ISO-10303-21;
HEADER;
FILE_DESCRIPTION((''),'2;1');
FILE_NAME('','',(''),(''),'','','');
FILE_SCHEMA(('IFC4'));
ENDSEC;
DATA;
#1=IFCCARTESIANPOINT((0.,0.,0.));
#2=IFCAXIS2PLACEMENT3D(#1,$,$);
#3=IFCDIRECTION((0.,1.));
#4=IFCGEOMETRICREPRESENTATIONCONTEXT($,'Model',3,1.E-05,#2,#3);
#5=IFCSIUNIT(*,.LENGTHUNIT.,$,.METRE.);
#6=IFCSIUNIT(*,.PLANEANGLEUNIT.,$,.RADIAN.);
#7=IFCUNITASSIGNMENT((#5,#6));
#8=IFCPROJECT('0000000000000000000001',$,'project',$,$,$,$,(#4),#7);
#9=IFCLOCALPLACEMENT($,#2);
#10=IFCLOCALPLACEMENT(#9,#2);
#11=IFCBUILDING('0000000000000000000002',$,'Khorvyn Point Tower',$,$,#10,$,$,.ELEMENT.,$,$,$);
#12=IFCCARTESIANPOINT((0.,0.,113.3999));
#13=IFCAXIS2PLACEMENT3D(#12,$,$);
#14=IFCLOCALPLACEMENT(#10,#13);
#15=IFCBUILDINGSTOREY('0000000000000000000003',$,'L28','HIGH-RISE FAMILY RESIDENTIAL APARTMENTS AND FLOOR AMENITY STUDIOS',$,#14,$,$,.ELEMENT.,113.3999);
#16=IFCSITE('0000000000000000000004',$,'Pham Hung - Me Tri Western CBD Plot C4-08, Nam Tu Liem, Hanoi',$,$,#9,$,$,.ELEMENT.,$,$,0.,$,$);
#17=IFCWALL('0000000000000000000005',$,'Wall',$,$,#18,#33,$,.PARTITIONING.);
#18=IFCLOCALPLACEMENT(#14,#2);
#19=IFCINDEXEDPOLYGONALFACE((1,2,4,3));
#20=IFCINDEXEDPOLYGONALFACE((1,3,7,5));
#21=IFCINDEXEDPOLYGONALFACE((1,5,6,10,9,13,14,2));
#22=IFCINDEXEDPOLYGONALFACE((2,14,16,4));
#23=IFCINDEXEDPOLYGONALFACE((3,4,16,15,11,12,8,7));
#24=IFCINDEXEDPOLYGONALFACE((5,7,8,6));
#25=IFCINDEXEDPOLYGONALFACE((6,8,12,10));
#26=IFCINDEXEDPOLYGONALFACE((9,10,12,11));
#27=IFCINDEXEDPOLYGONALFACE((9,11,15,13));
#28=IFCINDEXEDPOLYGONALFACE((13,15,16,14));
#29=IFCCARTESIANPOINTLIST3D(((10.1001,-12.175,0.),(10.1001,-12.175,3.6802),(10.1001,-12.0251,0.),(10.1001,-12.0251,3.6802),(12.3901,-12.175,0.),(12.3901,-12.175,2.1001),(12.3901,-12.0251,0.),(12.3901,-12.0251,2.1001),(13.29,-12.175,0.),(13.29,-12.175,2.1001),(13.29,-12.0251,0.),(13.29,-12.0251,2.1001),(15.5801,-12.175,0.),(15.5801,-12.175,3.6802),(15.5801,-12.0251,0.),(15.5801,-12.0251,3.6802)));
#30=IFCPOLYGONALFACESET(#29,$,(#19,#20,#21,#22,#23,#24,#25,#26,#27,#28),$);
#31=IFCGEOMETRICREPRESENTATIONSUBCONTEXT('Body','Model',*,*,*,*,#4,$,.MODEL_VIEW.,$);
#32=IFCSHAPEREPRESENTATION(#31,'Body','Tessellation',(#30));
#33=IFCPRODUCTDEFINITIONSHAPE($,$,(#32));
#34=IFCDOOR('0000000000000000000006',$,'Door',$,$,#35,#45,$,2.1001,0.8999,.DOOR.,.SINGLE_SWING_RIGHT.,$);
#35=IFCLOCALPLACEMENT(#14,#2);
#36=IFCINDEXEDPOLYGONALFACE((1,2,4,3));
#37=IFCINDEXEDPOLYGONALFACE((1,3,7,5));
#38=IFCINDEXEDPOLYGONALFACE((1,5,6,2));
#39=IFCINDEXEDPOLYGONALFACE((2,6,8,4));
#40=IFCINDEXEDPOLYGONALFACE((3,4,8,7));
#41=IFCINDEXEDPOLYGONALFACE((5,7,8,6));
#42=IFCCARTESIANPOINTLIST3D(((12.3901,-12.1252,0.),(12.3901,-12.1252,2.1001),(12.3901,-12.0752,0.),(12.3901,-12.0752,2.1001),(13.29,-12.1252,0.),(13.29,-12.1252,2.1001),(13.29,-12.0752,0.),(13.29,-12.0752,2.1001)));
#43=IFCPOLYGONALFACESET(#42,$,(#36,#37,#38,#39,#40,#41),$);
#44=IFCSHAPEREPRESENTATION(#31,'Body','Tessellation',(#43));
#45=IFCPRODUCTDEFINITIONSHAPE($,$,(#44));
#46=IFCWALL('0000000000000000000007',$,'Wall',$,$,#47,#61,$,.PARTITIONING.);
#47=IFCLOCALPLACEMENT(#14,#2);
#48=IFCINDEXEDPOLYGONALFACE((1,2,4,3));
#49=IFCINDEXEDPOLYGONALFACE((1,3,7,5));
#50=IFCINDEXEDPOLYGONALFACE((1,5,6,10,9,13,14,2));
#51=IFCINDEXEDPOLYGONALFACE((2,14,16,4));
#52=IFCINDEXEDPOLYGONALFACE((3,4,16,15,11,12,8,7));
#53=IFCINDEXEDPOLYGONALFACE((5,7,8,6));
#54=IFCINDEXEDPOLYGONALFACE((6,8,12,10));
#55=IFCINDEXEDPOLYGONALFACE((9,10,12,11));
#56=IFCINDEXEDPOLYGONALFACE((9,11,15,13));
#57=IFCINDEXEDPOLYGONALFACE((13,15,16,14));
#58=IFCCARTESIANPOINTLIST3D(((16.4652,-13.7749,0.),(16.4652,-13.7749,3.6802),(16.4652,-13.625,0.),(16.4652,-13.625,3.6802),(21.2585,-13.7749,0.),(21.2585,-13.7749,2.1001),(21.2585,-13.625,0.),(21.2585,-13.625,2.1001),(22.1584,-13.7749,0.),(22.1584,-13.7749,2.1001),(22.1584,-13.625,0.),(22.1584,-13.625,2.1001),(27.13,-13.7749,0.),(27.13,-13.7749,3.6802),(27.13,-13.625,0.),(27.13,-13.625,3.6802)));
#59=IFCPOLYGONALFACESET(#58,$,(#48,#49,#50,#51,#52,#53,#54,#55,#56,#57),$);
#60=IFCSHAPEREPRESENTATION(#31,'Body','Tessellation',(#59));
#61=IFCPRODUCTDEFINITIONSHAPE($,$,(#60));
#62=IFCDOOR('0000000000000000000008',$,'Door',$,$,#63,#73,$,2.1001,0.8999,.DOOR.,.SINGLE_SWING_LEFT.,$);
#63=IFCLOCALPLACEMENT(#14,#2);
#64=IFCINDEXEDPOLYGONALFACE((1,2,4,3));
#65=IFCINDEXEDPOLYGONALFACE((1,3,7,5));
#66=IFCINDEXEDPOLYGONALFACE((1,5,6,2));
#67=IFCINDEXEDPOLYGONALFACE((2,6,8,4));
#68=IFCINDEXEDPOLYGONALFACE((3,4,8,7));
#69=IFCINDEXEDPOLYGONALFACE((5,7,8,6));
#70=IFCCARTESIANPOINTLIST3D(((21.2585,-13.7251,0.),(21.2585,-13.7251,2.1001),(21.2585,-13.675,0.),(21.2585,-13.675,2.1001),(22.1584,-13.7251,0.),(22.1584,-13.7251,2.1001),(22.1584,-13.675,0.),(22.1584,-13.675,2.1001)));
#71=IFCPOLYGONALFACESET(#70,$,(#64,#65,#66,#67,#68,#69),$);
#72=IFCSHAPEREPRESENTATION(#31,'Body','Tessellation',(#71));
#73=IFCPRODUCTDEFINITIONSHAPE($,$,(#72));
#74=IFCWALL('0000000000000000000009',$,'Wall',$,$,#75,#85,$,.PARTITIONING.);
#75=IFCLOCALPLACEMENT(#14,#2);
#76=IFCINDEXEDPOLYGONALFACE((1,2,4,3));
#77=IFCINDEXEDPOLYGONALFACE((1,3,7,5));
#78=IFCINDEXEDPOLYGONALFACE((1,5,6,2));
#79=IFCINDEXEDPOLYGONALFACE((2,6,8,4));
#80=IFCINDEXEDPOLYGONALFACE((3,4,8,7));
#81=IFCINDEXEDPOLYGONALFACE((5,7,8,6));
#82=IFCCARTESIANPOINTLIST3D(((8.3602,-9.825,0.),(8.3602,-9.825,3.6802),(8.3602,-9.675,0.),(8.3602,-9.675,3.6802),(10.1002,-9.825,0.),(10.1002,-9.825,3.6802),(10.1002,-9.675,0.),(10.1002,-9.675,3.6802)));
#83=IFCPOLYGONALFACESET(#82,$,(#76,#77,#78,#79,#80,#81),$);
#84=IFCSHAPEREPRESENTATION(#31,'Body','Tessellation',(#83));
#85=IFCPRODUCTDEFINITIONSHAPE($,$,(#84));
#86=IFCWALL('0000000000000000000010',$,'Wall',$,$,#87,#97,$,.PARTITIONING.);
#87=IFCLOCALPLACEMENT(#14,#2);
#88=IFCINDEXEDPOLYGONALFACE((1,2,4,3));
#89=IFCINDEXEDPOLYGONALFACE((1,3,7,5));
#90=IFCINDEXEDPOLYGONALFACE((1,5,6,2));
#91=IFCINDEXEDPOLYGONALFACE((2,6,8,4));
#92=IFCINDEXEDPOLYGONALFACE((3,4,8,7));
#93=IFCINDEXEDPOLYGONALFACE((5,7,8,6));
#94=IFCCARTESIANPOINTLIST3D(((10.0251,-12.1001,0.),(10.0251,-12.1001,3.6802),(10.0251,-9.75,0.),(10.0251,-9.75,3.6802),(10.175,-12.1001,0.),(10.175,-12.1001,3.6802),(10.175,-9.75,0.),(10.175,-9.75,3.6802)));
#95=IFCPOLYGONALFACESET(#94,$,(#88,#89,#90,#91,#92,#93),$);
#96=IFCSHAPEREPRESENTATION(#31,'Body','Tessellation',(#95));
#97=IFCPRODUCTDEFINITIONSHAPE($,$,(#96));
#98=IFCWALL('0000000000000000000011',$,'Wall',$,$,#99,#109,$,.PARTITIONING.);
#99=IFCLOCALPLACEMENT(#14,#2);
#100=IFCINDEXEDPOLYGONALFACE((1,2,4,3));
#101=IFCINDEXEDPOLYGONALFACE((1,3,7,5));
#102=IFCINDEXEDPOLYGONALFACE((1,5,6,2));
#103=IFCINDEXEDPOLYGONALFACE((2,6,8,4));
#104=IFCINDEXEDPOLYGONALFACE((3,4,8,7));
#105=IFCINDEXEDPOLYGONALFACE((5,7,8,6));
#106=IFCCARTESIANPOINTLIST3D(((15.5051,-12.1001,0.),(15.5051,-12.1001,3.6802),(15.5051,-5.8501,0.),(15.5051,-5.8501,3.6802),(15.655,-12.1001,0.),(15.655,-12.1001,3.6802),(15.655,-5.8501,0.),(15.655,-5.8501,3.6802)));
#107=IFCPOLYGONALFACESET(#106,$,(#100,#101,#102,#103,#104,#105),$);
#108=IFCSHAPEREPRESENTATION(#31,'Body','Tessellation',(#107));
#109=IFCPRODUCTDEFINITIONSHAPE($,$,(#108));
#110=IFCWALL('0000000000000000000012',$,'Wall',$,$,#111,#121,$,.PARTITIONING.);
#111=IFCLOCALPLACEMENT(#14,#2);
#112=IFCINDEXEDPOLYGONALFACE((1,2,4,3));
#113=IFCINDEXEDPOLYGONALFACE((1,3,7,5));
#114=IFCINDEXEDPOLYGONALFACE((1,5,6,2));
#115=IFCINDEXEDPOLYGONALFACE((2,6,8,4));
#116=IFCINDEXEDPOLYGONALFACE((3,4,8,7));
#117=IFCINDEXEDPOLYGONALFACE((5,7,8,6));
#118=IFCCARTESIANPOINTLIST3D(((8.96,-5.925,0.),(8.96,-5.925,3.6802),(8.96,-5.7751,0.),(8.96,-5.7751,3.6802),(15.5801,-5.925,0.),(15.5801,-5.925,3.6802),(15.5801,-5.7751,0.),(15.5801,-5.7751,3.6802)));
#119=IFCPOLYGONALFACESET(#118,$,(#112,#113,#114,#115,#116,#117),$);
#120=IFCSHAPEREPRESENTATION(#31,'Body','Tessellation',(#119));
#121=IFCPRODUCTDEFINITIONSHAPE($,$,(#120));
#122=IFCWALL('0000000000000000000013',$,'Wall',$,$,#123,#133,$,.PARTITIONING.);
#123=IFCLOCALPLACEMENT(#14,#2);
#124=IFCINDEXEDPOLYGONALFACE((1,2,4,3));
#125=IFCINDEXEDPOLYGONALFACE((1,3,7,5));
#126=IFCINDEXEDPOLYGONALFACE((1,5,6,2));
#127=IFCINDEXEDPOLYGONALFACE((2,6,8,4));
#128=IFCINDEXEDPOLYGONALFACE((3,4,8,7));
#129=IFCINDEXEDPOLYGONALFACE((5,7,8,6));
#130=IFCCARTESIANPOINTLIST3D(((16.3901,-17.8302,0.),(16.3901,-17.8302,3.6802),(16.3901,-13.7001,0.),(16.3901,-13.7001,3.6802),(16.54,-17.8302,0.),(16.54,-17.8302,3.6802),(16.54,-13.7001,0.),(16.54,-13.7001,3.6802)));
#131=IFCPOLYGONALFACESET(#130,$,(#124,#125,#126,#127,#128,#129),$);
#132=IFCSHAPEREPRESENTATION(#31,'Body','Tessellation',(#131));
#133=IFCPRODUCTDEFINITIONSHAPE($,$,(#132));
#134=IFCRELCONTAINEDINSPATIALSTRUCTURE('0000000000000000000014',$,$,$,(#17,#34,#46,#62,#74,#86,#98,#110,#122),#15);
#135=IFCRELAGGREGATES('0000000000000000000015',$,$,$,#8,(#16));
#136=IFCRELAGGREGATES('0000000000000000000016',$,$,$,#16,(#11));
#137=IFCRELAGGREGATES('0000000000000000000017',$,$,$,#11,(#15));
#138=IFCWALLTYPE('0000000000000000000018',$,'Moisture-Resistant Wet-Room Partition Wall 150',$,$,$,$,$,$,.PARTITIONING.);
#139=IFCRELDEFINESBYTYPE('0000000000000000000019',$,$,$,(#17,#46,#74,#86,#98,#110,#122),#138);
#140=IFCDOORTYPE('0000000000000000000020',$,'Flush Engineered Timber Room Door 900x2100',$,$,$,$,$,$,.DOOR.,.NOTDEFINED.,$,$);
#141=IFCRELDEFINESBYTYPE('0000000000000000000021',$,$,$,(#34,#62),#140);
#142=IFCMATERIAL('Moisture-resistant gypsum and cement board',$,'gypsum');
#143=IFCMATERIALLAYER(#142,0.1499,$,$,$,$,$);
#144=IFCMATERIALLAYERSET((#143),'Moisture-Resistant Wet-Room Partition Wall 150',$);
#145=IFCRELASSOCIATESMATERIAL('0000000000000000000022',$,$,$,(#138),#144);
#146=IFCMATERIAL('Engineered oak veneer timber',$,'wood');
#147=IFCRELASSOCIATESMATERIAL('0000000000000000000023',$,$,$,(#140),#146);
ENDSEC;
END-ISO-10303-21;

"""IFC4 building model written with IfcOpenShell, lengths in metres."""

from ifc_helpers import new_model, si_unit, direction, frame, frame_2d, origin, place, context, subcontext, project, spatial, rectangle, extrude, material, layer, layer_set, type_object, element, fill, save


model = new_model("IFC4")

# Units and contexts
model_context = context("Model", 3, precision=1e-05, world=origin(), true_north=direction((0.0, 1.0)))
body_context = subcontext(model_context, "Body", "Model", "MODEL_VIEW")
ifc_project = project(units=[si_unit("LENGTHUNIT", "METRE"), si_unit("PLANEANGLEUNIT", "RADIAN")], contexts=[model_context])

# Site, building, storey
site_placement = place(None, origin())
site = spatial("IfcSite", under=ifc_project, at=site_placement, Name="Pham Hung - Me Tri Western CBD Plot C4-08, Nam Tu Liem, Hanoi", CompositionType="ELEMENT", RefElevation=0.0)
building_placement = place(site_placement, origin())
building = spatial("IfcBuilding", under=site, at=building_placement, Name="Khorvyn Point Tower", CompositionType="ELEMENT")
storey_placement = place(building_placement, frame((0.0, 0.0, 113.3999)))
storey = spatial("IfcBuildingStorey", under=building, at=storey_placement, Name="L28", Description="HIGH-RISE FAMILY RESIDENTIAL APARTMENTS AND FLOOR AMENITY STUDIOS", CompositionType="ELEMENT", Elevation=113.3999)

# Walls, openings, doors
ifc_material_1 = material(Name="Moisture-resistant gypsum and cement board", Category="gypsum")
ifc_layer_1 = layer(ifc_material_1, 0.1499)
ifc_layer_set_1 = layer_set([ifc_layer_1], Name="Moisture-Resistant Wet-Room Partition Wall 150")
wall_type_1 = type_object("IfcWallType", Name="Moisture-Resistant Wet-Room Partition Wall 150", PredefinedType="PARTITIONING", material=ifc_layer_set_1)
wall_1_placement = place(storey_placement, frame((10.1001, -12.1001, 0.0), z_axis=(0.0, 0.0, 1.0), x_axis=(1.0, 0.0, 0.0)))
wall_1 = element("IfcWall", 1, at=wall_1_placement, inside=storey, type_object=wall_type_1, Name="Wall", PredefinedType="PARTITIONING", context=body_context, shape_type="SweptSolid", body=[
    extrude(rectangle(XDim=5.48, YDim=0.1499, at=frame_2d((2.74, 0.0))), origin(), (0.0, 0.0, 1.0), 3.6802),
])
opening_1_placement = place(wall_1_placement, frame((2.29, 0.0, 0.0)))
opening_1 = element("IfcOpeningElement", 2, at=opening_1_placement, cuts=wall_1, PredefinedType="OPENING", context=body_context, shape_type="SweptSolid", body=[
    extrude(rectangle(XDim=0.8999, YDim=2.1001, at=frame_2d((0.45, 1.05))), frame((0.0, 0.085, 0.0), z_axis=(0.0, -1.0, 0.0), x_axis=(1.0, 0.0, 0.0)), (0.0, 0.0, 1.0), 0.1699),
])
ifc_material_2 = material(Name="Engineered oak veneer timber", Category="wood")
door_type_1 = type_object("IfcDoorType", Name="Flush Engineered Timber Room Door 900x2100", OperationType="NOTDEFINED", PredefinedType="DOOR", material=ifc_material_2)
door_1_placement = place(opening_1_placement, origin())
door_1 = element("IfcDoor", 3, at=door_1_placement, inside=storey, type_object=door_type_1, Name="Door", OperationType="SINGLE_SWING_RIGHT", OverallHeight=2.1001, OverallWidth=0.8999, PredefinedType="DOOR", context=body_context, shape_type="SweptSolid", body=[
    extrude(rectangle(XDim=0.8999, YDim=2.1001, at=frame_2d((0.45, 1.05))), frame((0.0, 0.0249, 0.0), z_axis=(0.0, -1.0, 0.0), x_axis=(1.0, 0.0, 0.0)), (0.0, 0.0, 1.0), 0.05),
])
fill(opening_1, door_1)
wall_2_placement = place(storey_placement, frame((16.4651, -13.7, 0.0), z_axis=(0.0, 0.0, 1.0), x_axis=(1.0, 0.0, 0.0)))
wall_2 = element("IfcWall", 4, at=wall_2_placement, inside=storey, type_object=wall_type_1, Name="Wall", PredefinedType="PARTITIONING", context=body_context, shape_type="SweptSolid", body=[
    extrude(rectangle(XDim=10.6648, YDim=0.1499, at=frame_2d((5.3325, 0.0))), origin(), (0.0, 0.0, 1.0), 3.6802),
])
opening_2_placement = place(wall_2_placement, frame((4.7935, 0.0, 0.0)))
opening_2 = element("IfcOpeningElement", 5, at=opening_2_placement, cuts=wall_2, PredefinedType="OPENING", context=body_context, shape_type="SweptSolid", body=[
    extrude(rectangle(XDim=0.8999, YDim=2.1001, at=frame_2d((0.45, 1.05))), frame((0.0, 0.085, 0.0), z_axis=(0.0, -1.0, 0.0), x_axis=(1.0, 0.0, 0.0)), (0.0, 0.0, 1.0), 0.1699),
])
door_2_placement = place(opening_2_placement, origin())
door_2 = element("IfcDoor", 6, at=door_2_placement, inside=storey, type_object=door_type_1, Name="Door", OperationType="SINGLE_SWING_LEFT", OverallHeight=2.1001, OverallWidth=0.8999, PredefinedType="DOOR", context=body_context, shape_type="SweptSolid", body=[
    extrude(rectangle(XDim=0.8999, YDim=2.1001, at=frame_2d((0.45, 1.05))), frame((0.0, 0.0249, 0.0), z_axis=(0.0, -1.0, 0.0), x_axis=(1.0, 0.0, 0.0)), (0.0, 0.0, 1.0), 0.05),
])
fill(opening_2, door_2)

# Walls
wall_3_placement = place(storey_placement, frame((8.3601, -9.75, 0.0), z_axis=(0.0, 0.0, 1.0), x_axis=(1.0, 0.0, 0.0)))
element("IfcWall", 7, at=wall_3_placement, inside=storey, type_object=wall_type_1, Name="Wall", PredefinedType="PARTITIONING", context=body_context, shape_type="SweptSolid", body=[
    extrude(rectangle(XDim=1.74, YDim=0.1499, at=frame_2d((0.8701, 0.0))), origin(), (0.0, 0.0, 1.0), 3.6802),
])
wall_4_placement = place(storey_placement, frame((10.1001, -12.1001, 0.0), z_axis=(0.0, 0.0, 1.0), x_axis=(0.0, 1.0, 0.0)))
element("IfcWall", 8, at=wall_4_placement, inside=storey, type_object=wall_type_1, Name="Wall", PredefinedType="PARTITIONING", context=body_context, shape_type="SweptSolid", body=[
    extrude(rectangle(XDim=2.3501, YDim=0.1499, at=frame_2d((1.175, 0.0))), origin(), (0.0, 0.0, 1.0), 3.6802),
])
wall_5_placement = place(storey_placement, frame((15.5801, -12.1001, 0.0), z_axis=(0.0, 0.0, 1.0), x_axis=(0.0, 1.0, 0.0)))
element("IfcWall", 9, at=wall_5_placement, inside=storey, type_object=wall_type_1, Name="Wall", PredefinedType="PARTITIONING", context=body_context, shape_type="SweptSolid", body=[
    extrude(rectangle(XDim=6.25, YDim=0.1499, at=frame_2d((3.125, 0.0))), origin(), (0.0, 0.0, 1.0), 3.6802),
])
wall_6_placement = place(storey_placement, frame((8.96, -5.8501, 0.0), z_axis=(0.0, 0.0, 1.0), x_axis=(1.0, 0.0, 0.0)))
element("IfcWall", 10, at=wall_6_placement, inside=storey, type_object=wall_type_1, Name="Wall", PredefinedType="PARTITIONING", context=body_context, shape_type="SweptSolid", body=[
    extrude(rectangle(XDim=6.6201, YDim=0.1499, at=frame_2d((3.3101, 0.0))), origin(), (0.0, 0.0, 1.0), 3.6802),
])
wall_7_placement = place(storey_placement, frame((16.4651, -17.8301, 0.0), z_axis=(0.0, 0.0, 1.0), x_axis=(0.0, 1.0, 0.0)))
element("IfcWall", 11, at=wall_7_placement, inside=storey, type_object=wall_type_1, Name="Wall", PredefinedType="PARTITIONING", context=body_context, shape_type="SweptSolid", body=[
    extrude(rectangle(XDim=4.1301, YDim=0.1499, at=frame_2d((2.0649, 0.0))), origin(), (0.0, 0.0, 1.0), 3.6802),
])

save(model, "model.ifc")
